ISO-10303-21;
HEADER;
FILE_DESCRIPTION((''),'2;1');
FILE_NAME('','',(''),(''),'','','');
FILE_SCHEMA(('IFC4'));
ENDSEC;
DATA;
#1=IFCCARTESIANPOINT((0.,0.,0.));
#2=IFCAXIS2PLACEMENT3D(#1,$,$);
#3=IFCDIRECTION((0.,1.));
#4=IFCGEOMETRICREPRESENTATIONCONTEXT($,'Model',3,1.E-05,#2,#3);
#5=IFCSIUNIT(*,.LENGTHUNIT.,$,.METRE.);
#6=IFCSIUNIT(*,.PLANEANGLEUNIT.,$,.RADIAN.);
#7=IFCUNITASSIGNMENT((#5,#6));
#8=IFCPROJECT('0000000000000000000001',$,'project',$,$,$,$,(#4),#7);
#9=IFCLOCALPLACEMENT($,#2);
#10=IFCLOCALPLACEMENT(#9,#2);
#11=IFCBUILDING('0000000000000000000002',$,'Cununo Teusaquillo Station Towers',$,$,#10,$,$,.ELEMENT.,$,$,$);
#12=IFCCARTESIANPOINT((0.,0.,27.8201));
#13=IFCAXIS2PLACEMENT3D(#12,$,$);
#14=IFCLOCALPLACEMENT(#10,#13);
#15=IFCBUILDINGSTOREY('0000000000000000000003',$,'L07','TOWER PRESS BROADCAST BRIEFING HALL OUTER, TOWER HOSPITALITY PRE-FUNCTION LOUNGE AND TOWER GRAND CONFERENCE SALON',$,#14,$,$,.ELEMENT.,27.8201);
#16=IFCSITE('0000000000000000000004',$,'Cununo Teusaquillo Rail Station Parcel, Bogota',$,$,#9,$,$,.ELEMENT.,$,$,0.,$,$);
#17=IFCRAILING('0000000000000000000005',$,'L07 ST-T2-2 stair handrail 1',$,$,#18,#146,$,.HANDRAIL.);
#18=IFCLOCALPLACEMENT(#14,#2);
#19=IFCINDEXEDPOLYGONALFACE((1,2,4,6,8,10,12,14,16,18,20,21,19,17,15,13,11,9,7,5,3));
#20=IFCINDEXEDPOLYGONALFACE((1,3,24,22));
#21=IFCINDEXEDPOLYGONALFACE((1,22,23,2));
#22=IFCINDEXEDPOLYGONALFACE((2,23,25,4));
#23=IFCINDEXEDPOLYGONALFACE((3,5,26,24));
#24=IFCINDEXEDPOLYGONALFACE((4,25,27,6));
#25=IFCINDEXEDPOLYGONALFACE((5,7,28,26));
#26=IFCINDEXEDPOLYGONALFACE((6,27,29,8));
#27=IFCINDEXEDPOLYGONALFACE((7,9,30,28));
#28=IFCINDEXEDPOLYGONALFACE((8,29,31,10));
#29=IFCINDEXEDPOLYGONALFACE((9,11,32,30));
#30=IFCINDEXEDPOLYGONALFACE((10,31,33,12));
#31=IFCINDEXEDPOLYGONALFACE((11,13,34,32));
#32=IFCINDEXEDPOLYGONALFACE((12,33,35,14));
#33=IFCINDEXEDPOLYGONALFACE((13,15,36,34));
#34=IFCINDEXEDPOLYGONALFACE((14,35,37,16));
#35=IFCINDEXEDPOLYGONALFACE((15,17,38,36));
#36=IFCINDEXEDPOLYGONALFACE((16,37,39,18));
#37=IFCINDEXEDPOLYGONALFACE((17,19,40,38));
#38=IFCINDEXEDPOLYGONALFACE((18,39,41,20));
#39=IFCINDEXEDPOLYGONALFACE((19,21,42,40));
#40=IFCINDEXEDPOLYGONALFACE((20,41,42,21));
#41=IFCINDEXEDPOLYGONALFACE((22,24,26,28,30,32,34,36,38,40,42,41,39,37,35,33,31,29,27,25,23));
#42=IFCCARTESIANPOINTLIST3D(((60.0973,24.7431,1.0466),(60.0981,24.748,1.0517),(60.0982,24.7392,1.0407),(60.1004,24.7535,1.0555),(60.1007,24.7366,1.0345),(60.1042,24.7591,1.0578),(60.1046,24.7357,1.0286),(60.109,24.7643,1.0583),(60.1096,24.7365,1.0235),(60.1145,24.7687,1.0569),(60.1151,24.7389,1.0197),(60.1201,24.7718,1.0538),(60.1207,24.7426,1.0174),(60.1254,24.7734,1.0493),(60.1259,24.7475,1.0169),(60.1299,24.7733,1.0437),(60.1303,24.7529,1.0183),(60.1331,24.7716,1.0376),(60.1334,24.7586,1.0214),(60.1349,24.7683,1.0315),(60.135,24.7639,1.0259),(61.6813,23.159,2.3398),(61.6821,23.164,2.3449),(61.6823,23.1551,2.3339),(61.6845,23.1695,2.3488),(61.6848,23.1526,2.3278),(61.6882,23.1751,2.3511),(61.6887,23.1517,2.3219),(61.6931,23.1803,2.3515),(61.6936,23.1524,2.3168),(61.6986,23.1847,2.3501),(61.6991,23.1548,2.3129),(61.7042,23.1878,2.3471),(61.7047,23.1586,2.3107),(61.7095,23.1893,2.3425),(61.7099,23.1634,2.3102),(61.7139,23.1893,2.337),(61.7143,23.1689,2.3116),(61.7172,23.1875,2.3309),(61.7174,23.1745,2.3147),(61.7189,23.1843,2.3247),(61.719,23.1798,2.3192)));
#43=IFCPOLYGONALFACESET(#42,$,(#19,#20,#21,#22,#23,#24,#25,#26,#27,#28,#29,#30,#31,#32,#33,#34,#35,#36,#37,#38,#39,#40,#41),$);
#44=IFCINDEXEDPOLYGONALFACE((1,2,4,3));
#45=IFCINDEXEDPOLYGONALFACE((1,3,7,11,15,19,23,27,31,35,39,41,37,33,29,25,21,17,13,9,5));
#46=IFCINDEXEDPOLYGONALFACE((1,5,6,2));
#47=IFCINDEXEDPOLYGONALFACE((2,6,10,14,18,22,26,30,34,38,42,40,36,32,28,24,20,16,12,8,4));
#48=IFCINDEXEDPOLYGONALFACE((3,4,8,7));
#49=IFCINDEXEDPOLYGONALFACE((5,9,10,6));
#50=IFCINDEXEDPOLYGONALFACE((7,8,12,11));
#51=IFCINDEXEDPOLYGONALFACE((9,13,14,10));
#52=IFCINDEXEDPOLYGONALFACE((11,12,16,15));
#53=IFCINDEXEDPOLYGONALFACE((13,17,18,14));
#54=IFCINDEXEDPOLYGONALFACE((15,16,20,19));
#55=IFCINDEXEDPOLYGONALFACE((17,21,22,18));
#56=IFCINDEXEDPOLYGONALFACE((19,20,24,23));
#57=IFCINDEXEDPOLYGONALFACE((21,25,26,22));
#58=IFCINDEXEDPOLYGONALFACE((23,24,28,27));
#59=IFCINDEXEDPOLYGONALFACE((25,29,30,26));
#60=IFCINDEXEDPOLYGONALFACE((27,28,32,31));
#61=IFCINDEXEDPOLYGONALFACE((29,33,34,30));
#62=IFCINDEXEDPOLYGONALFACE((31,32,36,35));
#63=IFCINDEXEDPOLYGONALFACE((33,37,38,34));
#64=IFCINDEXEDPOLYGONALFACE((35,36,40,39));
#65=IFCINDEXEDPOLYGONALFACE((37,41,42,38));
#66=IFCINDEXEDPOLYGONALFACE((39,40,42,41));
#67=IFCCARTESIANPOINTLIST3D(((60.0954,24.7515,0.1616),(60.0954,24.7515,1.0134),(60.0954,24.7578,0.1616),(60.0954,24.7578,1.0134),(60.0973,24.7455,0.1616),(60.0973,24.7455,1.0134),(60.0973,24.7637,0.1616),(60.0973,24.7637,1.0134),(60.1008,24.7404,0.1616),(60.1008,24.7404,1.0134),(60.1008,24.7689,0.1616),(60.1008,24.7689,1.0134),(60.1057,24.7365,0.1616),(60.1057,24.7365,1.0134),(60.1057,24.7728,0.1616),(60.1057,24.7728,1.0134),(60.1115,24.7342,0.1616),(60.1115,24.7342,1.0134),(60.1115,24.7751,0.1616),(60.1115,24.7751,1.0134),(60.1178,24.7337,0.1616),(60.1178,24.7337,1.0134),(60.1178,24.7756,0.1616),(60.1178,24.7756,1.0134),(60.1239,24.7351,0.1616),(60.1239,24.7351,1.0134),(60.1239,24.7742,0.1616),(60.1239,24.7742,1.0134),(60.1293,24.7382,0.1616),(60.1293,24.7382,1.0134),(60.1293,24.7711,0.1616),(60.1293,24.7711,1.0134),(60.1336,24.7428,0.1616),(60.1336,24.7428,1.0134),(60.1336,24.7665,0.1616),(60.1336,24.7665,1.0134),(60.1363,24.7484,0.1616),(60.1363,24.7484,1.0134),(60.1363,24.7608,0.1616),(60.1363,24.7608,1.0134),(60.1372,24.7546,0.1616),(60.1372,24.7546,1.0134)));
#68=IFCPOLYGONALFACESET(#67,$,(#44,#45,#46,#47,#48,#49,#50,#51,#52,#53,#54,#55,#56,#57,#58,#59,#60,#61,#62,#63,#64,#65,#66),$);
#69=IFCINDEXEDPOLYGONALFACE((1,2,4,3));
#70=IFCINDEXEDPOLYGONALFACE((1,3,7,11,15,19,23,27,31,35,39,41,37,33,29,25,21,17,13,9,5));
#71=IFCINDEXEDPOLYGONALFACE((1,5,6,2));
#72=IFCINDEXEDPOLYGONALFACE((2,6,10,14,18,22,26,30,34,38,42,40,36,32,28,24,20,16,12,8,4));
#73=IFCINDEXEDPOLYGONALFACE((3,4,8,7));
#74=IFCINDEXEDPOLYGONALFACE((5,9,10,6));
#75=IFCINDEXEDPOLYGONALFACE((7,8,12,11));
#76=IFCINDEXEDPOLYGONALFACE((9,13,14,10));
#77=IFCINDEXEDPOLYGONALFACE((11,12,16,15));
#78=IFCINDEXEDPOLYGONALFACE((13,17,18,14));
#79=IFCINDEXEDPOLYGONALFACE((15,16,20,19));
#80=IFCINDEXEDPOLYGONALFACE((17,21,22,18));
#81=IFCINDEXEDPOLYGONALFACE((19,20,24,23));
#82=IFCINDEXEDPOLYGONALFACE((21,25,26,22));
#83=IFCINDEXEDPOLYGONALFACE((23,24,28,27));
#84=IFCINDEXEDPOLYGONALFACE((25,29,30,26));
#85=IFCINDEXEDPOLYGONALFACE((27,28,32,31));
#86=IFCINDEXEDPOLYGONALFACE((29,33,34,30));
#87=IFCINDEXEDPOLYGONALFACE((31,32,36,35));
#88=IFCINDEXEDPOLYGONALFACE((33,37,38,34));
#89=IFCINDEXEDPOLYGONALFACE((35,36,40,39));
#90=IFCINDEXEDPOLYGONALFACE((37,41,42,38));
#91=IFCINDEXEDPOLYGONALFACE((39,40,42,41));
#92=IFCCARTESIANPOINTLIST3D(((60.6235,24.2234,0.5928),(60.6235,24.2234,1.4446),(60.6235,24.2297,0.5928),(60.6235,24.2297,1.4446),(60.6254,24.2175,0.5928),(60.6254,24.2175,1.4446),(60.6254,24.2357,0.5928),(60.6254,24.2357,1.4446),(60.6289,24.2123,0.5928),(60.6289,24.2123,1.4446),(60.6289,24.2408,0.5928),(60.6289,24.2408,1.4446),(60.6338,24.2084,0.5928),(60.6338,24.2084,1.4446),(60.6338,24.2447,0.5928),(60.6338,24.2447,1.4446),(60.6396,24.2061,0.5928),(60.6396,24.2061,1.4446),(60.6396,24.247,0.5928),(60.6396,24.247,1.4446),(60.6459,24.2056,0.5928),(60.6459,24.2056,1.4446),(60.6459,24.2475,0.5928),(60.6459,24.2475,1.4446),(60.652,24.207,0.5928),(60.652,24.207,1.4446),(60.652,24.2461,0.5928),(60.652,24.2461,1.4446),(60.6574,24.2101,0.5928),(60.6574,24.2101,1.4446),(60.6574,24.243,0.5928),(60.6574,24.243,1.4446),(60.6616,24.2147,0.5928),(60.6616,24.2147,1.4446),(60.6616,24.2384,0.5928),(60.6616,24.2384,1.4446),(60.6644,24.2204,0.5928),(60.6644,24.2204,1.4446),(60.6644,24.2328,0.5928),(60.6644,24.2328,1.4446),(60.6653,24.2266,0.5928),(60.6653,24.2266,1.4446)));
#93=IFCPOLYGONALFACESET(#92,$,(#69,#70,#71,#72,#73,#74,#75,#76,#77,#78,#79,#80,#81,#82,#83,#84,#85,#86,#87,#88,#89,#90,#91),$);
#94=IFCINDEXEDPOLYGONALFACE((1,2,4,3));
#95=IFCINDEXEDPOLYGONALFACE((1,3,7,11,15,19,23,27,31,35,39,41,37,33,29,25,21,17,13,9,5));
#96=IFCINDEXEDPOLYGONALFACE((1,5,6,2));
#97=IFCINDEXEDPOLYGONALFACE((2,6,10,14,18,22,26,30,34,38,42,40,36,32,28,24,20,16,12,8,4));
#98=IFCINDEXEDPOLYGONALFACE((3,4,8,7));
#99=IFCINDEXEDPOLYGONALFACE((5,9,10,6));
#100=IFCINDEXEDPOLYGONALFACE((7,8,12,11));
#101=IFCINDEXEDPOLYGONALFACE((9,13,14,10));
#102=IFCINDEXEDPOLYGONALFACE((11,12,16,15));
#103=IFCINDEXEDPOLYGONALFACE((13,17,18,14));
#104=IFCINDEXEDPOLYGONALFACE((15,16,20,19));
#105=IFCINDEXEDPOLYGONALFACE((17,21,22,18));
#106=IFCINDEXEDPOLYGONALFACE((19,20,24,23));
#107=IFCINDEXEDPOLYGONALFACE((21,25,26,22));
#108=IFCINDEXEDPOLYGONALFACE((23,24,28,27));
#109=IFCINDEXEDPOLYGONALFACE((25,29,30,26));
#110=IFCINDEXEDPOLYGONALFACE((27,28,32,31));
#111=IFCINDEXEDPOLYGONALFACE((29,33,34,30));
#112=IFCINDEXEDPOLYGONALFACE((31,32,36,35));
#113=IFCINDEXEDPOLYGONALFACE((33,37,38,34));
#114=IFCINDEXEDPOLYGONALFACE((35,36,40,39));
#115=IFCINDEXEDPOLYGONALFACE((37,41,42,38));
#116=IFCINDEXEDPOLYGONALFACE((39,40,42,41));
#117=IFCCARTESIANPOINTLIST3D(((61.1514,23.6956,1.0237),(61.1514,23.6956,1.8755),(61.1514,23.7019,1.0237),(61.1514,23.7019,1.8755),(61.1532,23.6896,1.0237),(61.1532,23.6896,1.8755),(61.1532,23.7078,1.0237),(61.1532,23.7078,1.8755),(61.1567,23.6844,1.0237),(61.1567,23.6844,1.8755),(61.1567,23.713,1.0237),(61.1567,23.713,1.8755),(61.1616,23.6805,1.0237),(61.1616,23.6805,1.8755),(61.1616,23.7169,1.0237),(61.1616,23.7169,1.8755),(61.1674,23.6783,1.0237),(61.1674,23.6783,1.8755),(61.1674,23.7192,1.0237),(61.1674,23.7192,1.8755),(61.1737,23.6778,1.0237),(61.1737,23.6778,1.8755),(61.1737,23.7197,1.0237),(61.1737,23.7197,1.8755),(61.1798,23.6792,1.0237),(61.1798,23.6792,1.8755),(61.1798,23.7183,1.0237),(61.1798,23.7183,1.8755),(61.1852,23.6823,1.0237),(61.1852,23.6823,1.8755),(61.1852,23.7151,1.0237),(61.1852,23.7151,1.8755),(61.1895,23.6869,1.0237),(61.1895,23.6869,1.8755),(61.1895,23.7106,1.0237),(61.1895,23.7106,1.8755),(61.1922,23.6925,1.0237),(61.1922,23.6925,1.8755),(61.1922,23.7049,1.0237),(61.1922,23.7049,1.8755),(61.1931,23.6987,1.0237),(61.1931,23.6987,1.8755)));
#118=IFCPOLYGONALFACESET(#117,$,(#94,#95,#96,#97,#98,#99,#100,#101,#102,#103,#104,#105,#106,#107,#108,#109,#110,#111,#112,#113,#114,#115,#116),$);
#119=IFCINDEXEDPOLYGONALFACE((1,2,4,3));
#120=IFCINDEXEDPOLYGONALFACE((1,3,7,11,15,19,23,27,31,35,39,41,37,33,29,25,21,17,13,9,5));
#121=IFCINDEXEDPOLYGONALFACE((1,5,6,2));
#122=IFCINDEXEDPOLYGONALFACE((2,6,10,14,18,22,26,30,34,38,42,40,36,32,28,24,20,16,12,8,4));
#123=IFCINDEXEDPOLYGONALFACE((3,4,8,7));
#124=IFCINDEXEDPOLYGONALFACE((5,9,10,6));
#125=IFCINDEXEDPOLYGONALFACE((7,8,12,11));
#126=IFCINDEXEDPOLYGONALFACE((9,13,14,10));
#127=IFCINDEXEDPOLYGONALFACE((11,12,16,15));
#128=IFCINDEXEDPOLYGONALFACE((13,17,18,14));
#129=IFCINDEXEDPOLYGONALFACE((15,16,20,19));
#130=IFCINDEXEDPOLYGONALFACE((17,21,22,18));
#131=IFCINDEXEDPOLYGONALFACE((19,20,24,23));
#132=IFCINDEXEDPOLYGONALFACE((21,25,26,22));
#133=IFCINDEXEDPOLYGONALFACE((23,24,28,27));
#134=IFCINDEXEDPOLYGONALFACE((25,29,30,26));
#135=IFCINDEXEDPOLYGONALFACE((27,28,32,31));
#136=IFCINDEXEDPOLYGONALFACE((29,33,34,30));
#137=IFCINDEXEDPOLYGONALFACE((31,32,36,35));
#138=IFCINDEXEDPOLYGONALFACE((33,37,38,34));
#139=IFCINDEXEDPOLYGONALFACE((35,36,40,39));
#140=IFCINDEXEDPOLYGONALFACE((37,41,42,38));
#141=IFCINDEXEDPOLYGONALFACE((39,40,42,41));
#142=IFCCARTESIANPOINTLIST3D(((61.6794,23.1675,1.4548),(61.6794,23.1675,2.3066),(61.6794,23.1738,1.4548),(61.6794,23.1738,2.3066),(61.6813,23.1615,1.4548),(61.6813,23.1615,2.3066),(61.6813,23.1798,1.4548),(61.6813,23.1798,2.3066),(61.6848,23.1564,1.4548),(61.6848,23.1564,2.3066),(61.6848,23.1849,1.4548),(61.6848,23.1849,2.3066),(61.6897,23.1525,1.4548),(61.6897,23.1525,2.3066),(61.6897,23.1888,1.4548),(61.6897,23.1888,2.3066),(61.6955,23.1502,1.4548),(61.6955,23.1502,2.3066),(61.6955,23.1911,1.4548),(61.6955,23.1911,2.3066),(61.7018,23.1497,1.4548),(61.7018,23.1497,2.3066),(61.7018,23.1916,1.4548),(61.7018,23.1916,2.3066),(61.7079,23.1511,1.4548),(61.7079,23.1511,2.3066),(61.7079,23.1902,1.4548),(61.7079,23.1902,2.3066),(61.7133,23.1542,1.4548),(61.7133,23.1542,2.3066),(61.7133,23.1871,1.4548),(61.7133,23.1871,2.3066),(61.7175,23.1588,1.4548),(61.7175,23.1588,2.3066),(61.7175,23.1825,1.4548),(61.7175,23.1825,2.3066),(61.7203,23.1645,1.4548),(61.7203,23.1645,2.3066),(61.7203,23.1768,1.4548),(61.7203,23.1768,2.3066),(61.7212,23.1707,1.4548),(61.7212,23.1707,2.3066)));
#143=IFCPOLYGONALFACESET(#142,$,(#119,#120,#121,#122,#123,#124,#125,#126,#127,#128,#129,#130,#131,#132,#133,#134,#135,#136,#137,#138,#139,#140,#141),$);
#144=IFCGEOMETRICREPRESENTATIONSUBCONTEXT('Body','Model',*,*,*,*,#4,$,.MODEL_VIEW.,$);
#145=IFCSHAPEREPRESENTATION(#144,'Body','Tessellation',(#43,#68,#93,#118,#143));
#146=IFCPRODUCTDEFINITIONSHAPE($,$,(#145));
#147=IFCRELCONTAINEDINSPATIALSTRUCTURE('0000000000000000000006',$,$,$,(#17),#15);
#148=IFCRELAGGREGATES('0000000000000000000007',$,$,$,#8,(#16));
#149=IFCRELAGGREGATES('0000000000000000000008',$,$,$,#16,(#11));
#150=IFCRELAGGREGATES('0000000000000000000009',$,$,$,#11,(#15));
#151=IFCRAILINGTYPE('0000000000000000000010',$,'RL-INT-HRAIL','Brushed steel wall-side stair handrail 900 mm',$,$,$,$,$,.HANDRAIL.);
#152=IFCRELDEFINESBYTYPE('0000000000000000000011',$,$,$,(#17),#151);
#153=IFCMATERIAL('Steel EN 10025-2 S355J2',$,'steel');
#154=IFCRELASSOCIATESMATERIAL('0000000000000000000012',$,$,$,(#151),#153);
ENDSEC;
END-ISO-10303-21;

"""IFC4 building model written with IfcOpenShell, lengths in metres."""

from ifc_helpers import new_model, si_unit, direction, frame, origin, origin_2d, place, context, subcontext, project, spatial, circle, extrude, material, type_object, element, save


model = new_model("IFC4")

# Units and contexts
model_context = context("Model", 3, precision=1e-05, world=origin(), true_north=direction((0.0, 1.0)))
body_context = subcontext(model_context, "Body", "Model", "MODEL_VIEW")
ifc_project = project(units=[si_unit("LENGTHUNIT", "METRE"), si_unit("PLANEANGLEUNIT", "RADIAN")], contexts=[model_context])

# Site, building, storey
site_placement = place(None, origin())
site = spatial("IfcSite", under=ifc_project, at=site_placement, Name="Cununo Teusaquillo Rail Station Parcel, Bogota", CompositionType="ELEMENT", RefElevation=0.0)
building_placement = place(site_placement, origin())
building = spatial("IfcBuilding", under=site, at=building_placement, Name="Cununo Teusaquillo Station Towers", CompositionType="ELEMENT")
storey_placement = place(building_placement, frame((0.0, 0.0, 27.8201)))
storey = spatial("IfcBuildingStorey", under=building, at=storey_placement, Name="L07", Description="TOWER PRESS BROADCAST BRIEFING HALL OUTER, TOWER HOSPITALITY PRE-FUNCTION LOUNGE AND TOWER GRAND CONFERENCE SALON", CompositionType="ELEMENT", Elevation=27.8201)

# Railing
ifc_material_1 = material(Name="Steel EN 10025-2 S355J2", Category="steel")
railing_type_1 = type_object("IfcRailingType", Name="RL-INT-HRAIL", Description="Brushed steel wall-side stair handrail 900 mm", PredefinedType="HANDRAIL", material=ifc_material_1)
railing_1_placement = place(storey_placement, frame((60.1162, 24.7546, 0.1616)))
element("IfcRailing", 1, at=railing_1_placement, inside=storey, type_object=railing_type_1, Name="L07 ST-T2-2 stair handrail 1", PredefinedType="HANDRAIL", context=body_context, shape_type="SweptSolid", body=[
    extrude(circle(Radius=0.0239, at=origin_2d()), frame((0.0, 0.0, 0.876), z_axis=(0.612385, -0.612385, 0.49997), x_axis=(0.707107, 0.707107, 0.0)), (0.0, 0.0, 1.0), 2.5867),
    extrude(circle(Radius=0.021, at=origin_2d()), origin(), (0.0, 0.0, 1.0), 0.8518),
    extrude(circle(Radius=0.021, at=origin_2d()), frame((0.5281, -0.5281, 0.4312)), (0.0, 0.0, 1.0), 0.8518),
    extrude(circle(Radius=0.021, at=origin_2d()), frame((1.0559, -1.0559, 0.8621)), (0.0, 0.0, 1.0), 0.8518),
    extrude(circle(Radius=0.021, at=origin_2d()), frame((1.584, -1.584, 1.2932)), (0.0, 0.0, 1.0), 0.8518),
])

save(model, "model.ifc")
